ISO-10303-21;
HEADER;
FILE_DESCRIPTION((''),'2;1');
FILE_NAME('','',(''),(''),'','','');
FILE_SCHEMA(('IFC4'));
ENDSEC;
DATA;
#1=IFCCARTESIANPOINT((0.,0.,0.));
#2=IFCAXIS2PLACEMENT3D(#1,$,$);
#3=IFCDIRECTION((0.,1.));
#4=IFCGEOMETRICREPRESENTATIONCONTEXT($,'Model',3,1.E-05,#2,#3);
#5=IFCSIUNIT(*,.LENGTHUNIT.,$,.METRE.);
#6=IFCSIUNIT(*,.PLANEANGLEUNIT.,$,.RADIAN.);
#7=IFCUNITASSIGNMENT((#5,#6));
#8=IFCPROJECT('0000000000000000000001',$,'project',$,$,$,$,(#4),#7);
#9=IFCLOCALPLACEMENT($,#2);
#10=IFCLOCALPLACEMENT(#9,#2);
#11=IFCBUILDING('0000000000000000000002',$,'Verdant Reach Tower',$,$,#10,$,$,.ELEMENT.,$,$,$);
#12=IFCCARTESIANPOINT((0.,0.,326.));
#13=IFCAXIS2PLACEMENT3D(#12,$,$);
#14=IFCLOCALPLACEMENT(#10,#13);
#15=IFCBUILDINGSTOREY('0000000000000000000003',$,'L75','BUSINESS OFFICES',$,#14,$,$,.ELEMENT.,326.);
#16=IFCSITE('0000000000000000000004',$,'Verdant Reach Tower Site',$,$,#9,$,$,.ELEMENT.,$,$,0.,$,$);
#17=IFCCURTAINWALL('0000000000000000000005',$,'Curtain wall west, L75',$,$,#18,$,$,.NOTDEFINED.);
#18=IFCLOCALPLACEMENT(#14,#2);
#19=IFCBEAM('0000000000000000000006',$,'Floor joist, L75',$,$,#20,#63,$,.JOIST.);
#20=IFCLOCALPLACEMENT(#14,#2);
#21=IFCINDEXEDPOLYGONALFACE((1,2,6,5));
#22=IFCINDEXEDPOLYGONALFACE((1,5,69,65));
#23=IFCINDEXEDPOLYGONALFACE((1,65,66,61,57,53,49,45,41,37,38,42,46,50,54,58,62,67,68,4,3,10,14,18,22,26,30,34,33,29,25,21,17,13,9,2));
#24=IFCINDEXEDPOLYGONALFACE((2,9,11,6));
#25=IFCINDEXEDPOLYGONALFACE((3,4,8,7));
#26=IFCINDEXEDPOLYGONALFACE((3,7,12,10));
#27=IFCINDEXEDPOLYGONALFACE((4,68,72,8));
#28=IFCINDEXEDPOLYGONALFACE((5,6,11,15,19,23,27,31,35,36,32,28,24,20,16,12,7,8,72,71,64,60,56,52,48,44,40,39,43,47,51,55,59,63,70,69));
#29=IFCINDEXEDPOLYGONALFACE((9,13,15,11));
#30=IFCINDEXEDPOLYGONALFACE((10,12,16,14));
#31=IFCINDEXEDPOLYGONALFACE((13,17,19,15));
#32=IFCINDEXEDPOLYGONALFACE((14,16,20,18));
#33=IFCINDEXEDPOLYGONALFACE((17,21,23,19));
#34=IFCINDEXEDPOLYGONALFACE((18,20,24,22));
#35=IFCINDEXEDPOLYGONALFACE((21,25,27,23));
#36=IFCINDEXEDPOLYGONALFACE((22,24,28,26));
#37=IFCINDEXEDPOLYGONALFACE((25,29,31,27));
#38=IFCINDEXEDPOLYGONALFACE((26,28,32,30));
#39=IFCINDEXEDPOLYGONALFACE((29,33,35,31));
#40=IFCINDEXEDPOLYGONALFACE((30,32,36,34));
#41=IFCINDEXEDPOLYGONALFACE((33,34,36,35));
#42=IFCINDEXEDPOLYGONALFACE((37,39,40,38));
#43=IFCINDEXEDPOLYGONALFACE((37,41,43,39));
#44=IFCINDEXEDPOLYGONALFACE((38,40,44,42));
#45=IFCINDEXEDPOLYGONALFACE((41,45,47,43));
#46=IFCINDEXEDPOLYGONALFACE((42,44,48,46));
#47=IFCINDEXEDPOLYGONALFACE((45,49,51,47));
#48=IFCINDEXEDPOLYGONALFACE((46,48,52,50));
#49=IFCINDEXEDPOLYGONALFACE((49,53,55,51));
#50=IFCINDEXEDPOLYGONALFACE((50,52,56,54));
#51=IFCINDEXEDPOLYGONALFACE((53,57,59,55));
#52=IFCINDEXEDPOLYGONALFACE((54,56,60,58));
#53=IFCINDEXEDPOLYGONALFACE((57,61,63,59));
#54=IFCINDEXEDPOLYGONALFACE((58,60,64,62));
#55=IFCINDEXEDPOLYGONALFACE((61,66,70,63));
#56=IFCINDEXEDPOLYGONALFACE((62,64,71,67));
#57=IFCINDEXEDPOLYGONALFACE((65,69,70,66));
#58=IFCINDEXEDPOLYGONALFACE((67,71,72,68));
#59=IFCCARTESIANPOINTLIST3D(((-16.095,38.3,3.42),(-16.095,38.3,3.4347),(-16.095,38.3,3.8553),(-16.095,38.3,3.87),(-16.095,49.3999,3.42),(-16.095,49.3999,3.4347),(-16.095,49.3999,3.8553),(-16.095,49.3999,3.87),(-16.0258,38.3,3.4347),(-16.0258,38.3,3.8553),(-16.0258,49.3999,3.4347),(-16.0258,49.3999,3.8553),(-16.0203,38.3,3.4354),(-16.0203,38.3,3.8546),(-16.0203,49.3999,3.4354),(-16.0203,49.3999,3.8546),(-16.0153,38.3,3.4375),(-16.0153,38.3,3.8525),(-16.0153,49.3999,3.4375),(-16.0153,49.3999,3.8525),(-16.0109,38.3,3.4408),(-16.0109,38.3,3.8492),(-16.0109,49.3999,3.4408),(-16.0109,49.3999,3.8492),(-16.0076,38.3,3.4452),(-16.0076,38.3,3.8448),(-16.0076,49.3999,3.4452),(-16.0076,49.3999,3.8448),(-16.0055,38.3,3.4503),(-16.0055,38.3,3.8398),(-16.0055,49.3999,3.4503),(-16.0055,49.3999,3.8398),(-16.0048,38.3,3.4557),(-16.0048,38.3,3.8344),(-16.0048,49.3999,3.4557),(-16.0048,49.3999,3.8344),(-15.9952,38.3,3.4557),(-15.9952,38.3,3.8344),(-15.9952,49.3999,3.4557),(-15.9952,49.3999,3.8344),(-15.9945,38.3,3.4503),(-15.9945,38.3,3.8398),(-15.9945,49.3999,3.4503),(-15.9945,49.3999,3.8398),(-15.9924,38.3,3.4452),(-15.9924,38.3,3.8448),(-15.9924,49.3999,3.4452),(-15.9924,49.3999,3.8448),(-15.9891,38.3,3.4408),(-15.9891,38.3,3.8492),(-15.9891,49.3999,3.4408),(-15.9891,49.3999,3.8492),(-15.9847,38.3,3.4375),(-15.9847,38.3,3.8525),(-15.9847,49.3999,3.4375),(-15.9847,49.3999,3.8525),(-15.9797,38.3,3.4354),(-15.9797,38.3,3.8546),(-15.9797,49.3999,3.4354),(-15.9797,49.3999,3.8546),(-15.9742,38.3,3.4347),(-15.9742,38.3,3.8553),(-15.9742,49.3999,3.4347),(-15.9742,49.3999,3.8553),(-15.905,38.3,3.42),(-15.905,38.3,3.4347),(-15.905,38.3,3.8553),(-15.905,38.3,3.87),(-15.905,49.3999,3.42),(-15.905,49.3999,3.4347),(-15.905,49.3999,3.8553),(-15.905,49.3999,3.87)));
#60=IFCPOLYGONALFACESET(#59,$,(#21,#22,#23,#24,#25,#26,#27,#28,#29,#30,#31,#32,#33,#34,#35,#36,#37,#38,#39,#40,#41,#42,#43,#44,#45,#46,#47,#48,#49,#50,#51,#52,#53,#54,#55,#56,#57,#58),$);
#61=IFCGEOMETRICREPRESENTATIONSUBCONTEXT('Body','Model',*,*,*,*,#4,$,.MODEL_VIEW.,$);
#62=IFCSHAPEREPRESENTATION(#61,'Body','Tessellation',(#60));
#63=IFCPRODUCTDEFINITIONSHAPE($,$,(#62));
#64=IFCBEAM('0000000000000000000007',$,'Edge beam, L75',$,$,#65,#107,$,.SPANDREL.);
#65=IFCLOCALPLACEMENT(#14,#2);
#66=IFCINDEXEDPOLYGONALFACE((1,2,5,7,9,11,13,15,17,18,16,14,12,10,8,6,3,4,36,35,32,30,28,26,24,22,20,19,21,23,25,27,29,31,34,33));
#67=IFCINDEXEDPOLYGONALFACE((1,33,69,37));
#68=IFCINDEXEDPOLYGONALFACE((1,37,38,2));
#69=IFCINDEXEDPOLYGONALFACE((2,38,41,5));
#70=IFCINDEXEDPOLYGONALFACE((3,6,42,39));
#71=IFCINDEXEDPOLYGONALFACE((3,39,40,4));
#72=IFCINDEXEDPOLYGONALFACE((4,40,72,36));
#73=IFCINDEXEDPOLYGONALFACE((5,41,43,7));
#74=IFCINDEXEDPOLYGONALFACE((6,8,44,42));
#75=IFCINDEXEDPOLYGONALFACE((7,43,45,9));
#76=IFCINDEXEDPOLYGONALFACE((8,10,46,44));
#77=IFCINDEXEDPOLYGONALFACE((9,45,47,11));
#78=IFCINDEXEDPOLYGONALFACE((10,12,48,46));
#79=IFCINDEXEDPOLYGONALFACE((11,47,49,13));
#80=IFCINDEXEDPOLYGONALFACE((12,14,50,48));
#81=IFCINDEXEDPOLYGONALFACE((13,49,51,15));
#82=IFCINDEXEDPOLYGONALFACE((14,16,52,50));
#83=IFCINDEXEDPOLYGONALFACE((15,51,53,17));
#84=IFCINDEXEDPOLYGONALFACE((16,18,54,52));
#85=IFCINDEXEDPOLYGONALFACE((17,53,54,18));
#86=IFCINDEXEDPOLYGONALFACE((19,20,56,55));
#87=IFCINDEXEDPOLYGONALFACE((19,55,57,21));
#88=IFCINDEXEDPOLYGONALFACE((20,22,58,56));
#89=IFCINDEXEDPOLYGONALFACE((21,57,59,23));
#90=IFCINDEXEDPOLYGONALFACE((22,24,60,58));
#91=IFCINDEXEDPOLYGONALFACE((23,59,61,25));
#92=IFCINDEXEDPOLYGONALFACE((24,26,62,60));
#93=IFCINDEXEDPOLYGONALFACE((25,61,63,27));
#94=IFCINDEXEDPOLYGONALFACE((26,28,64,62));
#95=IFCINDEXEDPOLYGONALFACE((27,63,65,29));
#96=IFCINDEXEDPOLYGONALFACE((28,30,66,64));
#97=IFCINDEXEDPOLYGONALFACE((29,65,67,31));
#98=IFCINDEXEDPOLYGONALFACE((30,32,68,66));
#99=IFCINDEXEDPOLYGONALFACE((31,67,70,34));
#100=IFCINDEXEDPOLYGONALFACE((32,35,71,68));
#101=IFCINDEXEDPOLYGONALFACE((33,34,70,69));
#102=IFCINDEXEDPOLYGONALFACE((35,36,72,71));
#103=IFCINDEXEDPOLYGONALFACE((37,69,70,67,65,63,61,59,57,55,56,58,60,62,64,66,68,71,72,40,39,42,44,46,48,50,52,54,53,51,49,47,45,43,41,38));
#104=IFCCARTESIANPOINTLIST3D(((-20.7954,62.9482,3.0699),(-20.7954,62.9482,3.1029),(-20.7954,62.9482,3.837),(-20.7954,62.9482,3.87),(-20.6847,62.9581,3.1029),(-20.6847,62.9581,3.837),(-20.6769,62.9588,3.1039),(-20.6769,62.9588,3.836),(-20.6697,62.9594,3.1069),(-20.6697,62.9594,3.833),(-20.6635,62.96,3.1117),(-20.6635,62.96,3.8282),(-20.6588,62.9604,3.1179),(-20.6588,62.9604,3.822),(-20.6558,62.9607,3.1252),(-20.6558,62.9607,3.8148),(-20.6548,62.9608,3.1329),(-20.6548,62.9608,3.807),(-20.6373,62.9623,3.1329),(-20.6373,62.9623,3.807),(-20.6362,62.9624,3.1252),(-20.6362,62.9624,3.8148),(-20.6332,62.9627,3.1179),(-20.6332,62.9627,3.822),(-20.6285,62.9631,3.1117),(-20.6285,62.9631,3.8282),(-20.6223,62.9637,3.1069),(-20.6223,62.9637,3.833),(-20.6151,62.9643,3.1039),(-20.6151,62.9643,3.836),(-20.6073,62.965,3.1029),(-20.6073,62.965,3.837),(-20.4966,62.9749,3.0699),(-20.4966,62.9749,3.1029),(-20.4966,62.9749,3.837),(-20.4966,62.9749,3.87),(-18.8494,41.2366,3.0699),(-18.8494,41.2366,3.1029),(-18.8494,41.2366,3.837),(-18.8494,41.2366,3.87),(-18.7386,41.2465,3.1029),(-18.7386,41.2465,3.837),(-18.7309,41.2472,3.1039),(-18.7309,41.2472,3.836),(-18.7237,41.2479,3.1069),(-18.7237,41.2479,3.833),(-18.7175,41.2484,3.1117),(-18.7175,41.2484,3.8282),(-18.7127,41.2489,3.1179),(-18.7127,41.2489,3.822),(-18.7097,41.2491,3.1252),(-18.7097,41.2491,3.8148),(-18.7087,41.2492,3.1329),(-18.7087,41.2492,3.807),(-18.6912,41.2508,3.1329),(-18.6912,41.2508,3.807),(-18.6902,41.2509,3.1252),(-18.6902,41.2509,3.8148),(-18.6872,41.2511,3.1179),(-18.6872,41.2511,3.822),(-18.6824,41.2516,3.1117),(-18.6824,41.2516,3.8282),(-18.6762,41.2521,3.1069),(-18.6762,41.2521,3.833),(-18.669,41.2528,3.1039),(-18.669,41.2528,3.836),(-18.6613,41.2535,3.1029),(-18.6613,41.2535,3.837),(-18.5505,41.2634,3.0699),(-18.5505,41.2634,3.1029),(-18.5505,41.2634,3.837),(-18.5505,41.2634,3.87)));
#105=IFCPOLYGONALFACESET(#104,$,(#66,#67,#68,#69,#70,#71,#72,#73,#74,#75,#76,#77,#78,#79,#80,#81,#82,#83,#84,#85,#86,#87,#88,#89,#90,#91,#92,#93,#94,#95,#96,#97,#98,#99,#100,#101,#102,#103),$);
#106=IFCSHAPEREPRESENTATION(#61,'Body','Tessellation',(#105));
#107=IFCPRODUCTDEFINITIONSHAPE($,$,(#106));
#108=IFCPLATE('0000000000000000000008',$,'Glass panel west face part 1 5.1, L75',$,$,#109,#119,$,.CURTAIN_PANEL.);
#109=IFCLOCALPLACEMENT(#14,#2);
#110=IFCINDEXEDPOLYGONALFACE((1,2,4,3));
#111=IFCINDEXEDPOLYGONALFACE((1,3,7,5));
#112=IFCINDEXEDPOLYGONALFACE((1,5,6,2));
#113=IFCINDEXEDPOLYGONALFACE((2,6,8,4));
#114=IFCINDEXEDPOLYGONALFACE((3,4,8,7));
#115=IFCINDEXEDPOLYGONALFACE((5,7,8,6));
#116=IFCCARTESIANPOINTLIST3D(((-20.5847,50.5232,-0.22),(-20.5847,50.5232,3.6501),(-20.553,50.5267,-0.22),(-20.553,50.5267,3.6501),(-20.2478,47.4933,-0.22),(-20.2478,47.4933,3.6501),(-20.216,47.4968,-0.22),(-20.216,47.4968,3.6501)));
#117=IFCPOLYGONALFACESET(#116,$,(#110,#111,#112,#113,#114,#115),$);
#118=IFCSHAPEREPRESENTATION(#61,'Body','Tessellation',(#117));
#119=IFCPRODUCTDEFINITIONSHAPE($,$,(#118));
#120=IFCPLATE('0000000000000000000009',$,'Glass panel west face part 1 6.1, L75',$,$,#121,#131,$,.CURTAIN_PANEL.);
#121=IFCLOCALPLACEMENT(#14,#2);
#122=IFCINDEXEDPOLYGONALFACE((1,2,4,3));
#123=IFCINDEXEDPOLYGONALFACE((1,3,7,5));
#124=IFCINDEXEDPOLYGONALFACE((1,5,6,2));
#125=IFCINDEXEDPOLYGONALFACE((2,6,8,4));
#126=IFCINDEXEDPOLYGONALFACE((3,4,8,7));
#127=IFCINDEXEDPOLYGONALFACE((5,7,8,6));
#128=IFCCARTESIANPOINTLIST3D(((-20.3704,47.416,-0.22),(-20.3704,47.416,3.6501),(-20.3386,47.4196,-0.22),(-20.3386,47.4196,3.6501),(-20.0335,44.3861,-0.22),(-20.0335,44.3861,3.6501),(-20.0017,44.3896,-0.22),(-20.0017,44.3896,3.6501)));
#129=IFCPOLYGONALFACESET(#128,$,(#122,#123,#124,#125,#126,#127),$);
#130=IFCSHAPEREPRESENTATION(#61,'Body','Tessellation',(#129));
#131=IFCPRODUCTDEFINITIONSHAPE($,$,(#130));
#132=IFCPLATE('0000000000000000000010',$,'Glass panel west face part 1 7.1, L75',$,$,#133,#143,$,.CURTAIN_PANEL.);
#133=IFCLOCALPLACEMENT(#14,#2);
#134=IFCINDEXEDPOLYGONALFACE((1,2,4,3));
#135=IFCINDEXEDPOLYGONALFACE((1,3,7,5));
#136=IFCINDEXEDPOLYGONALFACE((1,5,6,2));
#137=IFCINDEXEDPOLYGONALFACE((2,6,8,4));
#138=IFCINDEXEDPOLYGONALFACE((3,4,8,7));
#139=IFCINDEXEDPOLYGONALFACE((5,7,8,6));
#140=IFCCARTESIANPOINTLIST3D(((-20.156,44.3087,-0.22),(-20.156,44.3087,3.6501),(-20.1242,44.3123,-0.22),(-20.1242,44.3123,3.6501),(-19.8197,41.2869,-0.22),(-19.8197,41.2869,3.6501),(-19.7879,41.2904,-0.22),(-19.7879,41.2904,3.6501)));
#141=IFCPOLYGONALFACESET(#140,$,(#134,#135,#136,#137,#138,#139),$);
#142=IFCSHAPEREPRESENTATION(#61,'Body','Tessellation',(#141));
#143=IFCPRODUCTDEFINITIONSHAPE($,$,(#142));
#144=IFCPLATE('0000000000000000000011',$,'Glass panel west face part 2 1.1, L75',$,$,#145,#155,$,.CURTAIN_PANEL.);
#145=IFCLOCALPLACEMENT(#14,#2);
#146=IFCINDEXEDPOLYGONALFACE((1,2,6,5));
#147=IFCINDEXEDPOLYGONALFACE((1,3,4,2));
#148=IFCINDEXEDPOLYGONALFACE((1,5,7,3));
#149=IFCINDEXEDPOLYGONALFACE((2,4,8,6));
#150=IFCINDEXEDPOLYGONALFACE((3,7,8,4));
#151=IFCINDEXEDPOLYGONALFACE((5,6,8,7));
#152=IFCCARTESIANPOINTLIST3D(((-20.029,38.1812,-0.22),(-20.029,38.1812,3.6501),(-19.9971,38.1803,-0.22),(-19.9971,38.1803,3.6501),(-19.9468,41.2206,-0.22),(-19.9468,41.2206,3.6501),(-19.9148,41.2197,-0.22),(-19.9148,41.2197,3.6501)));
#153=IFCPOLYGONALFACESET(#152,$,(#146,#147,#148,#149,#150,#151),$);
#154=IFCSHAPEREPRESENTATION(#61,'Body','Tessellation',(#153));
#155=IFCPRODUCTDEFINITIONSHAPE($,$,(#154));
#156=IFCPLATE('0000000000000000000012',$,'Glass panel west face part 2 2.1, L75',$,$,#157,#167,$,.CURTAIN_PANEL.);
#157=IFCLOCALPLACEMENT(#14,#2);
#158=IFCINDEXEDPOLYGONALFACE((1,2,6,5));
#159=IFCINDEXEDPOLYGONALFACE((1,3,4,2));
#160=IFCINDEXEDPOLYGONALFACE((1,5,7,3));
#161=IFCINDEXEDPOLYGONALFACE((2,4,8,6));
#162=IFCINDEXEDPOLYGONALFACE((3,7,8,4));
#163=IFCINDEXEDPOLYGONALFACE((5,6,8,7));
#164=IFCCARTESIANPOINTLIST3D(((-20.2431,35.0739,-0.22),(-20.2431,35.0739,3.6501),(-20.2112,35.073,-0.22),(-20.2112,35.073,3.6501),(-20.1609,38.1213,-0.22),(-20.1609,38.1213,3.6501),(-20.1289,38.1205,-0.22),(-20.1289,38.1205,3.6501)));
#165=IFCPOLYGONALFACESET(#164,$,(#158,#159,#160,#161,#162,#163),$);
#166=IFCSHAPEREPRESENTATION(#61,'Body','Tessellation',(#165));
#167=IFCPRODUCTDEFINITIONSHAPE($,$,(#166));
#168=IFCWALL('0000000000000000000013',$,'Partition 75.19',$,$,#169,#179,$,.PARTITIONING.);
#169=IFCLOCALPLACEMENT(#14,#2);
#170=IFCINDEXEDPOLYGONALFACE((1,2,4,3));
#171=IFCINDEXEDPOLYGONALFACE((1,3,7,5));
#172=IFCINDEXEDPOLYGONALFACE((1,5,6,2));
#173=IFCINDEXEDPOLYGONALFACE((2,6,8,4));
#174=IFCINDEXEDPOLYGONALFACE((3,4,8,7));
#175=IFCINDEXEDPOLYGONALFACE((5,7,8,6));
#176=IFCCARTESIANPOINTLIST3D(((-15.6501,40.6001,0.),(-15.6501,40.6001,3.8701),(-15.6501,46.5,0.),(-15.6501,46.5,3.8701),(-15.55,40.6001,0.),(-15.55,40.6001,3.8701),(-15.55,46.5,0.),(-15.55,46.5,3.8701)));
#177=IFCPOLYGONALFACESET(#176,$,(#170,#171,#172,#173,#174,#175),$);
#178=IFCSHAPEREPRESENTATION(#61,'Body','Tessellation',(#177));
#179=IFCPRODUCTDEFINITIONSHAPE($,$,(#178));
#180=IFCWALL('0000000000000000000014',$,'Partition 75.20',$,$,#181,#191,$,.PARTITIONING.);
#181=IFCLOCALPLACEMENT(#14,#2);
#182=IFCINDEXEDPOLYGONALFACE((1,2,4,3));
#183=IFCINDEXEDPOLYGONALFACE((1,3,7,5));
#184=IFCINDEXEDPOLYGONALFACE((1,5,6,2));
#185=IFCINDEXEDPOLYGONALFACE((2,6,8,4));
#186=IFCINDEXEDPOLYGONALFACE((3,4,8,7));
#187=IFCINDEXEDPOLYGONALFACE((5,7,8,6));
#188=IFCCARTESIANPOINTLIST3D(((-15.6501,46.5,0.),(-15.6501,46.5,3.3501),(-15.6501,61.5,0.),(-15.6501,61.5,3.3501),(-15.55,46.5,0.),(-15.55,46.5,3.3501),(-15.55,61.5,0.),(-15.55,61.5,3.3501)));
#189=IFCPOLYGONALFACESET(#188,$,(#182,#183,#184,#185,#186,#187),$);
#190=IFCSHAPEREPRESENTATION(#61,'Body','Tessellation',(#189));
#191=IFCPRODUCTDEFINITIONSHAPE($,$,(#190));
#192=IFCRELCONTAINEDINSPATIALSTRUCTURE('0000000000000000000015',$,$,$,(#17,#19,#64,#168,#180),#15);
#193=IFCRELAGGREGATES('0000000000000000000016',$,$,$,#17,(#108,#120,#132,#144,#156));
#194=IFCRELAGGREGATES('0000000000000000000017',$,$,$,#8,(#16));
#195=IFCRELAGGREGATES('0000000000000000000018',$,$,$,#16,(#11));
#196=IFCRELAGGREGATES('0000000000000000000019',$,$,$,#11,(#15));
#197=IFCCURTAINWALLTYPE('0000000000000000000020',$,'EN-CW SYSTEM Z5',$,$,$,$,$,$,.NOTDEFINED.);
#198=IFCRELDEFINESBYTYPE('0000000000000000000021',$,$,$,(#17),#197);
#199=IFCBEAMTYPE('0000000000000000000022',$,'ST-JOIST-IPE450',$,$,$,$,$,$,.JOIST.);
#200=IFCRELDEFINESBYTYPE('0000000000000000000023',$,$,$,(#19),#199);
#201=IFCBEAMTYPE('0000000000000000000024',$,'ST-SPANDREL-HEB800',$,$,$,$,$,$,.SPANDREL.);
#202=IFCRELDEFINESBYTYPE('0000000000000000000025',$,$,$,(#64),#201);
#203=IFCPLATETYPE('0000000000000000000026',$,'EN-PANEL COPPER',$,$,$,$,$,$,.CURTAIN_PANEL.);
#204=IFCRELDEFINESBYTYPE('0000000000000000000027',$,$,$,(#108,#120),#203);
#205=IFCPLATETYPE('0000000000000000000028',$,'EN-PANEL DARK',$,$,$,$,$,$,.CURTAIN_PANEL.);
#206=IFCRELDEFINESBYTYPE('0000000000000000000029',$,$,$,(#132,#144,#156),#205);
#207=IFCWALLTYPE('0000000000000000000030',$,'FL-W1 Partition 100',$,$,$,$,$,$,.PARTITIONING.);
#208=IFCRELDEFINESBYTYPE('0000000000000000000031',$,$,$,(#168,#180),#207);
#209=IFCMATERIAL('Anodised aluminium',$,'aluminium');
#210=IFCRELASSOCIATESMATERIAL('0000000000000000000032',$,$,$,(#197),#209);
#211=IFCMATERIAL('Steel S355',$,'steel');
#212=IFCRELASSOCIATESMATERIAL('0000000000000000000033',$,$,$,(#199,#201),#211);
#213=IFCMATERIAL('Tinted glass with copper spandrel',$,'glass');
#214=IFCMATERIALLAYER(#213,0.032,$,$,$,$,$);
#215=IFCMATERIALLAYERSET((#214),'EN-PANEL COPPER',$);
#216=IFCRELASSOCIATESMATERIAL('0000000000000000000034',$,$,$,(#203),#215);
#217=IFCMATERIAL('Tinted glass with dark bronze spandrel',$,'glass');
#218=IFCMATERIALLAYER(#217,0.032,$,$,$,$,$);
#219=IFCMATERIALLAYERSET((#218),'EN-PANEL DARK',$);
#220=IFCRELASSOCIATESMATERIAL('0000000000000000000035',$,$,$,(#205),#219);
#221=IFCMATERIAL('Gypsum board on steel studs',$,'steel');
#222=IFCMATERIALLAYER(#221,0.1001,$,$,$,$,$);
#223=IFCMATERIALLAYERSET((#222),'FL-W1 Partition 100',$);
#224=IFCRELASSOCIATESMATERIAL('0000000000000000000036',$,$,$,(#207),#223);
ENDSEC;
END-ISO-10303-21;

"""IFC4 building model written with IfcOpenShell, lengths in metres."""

from ifc_helpers import new_model, si_unit, direction, frame, frame_2d, origin, origin_2d, place, context, subcontext, project, spatial, rectangle, i_section, extrude, material, layer, layer_set, material_profile, profile_set, type_object, element, aggregate, save


model = new_model("IFC4")

# Units and contexts
model_context = context("Model", 3, precision=1e-05, world=origin(), true_north=direction((0.0, 1.0)))
body_context = subcontext(model_context, "Body", "Model", "MODEL_VIEW")
ifc_project = project(units=[si_unit("LENGTHUNIT", "METRE"), si_unit("PLANEANGLEUNIT", "RADIAN")], contexts=[model_context])

# Site, building, storey
site_placement = place(None, origin())
site = spatial("IfcSite", under=ifc_project, at=site_placement, Name="Verdant Reach Tower Site", CompositionType="ELEMENT", RefElevation=0.0)
building_placement = place(site_placement, origin())
building = spatial("IfcBuilding", under=site, at=building_placement, Name="Verdant Reach Tower", CompositionType="ELEMENT")
storey_placement = place(building_placement, frame((0.0, 0.0, 326.0)))
storey = spatial("IfcBuildingStorey", under=building, at=storey_placement, Name="L75", Description="BUSINESS OFFICES", CompositionType="ELEMENT", Elevation=326.0)

# Curtain wall
ifc_material_1 = material(Name="Anodised aluminium", Category="aluminium")
curtain_wall_type = type_object("IfcCurtainWallType", Name="EN-CW SYSTEM Z5", PredefinedType="NOTDEFINED", material=ifc_material_1)
curtain_wall_placement = place(storey_placement, origin())
curtain_wall = element("IfcCurtainWall", 1, at=curtain_wall_placement, inside=storey, type_object=curtain_wall_type, Name="Curtain wall west, L75", PredefinedType="NOTDEFINED")

# Beams
ifc_material_2 = material(Name="Steel S355", Category="steel")
ifc_material_profile_1 = material_profile(ifc_material_2, i_section(OverallWidth=0.1899, OverallDepth=0.45, WebThickness=0.0095, FlangeThickness=0.0146, FilletRadius=0.021, at=origin_2d()), Name="IPE 450")
ifc_profile_set_1 = profile_set([ifc_material_profile_1], Name="Steel S355")
beam_type_1 = type_object("IfcBeamType", Name="ST-JOIST-IPE450", PredefinedType="JOIST", material=ifc_profile_set_1)
beam_1_placement = place(storey_placement, frame((-16.0, 38.3, 3.645), z_axis=(0.0, 1.0, 0.0), x_axis=(-1.0, 0.0, 0.0)))
element("IfcBeam", 2, at=beam_1_placement, inside=storey, type_object=beam_type_1, Name="Floor joist, L75", PredefinedType="JOIST", context=body_context, shape_type="SweptSolid", body=[
    extrude(i_section(OverallWidth=0.1899, OverallDepth=0.45, WebThickness=0.0095, FlangeThickness=0.0146, FilletRadius=0.021, at=origin_2d()), origin(), (0.0, 0.0, 1.0), 11.0999),
])
ifc_material_profile_2 = material_profile(ifc_material_2, i_section(OverallWidth=0.3, OverallDepth=0.8, WebThickness=0.0176, FlangeThickness=0.033, FilletRadius=0.03, at=origin_2d()), Name="HEB 800")
ifc_profile_set_2 = profile_set([ifc_material_profile_2], Name="Steel S355")
beam_type_2 = type_object("IfcBeamType", Name="ST-SPANDREL-HEB800", PredefinedType="SPANDREL", material=ifc_profile_set_2)
beam_2_placement = place(storey_placement, frame((-18.7, 41.25, 3.47), z_axis=(-0.089274, 0.996007, 0.0), x_axis=(-0.996007, -0.089274, 0.0)))
element("IfcBeam", 3, at=beam_2_placement, inside=storey, type_object=beam_type_2, Name="Edge beam, L75", PredefinedType="SPANDREL", context=body_context, shape_type="SweptSolid", body=[
    extrude(i_section(OverallWidth=0.3, OverallDepth=0.8, WebThickness=0.0176, FlangeThickness=0.033, FilletRadius=0.03, at=origin_2d()), origin(), (0.0, 0.0, 1.0), 21.7986),
])

# Plates
ifc_material_3 = material(Name="Tinted glass with copper spandrel", Category="glass")
ifc_layer_1 = layer(ifc_material_3, 0.032)
ifc_layer_set_1 = layer_set([ifc_layer_1], Name="EN-PANEL COPPER")
plate_type_1 = type_object("IfcPlateType", Name="EN-PANEL COPPER", PredefinedType="CURTAIN_PANEL", material=ifc_layer_set_1)
plate_1_placement = place(storey_placement, frame((-20.4004, 49.01, -0.22), z_axis=(0.0, 0.0, 1.0), x_axis=(0.110518, -0.993874, 0.0)))
plate_1 = element("IfcPlate", 4, at=plate_1_placement, type_object=plate_type_1, Name="Glass panel west face part 1 5.1, L75", PredefinedType="CURTAIN_PANEL", context=body_context, shape_type="SweptSolid", body=[
    extrude(rectangle(XDim=3.0486, YDim=0.032, at=origin_2d()), origin(), (0.0, 0.0, 1.0), 3.8701),
])
plate_2_placement = place(storey_placement, frame((-20.186, 45.9028, -0.22), z_axis=(0.0, 0.0, 1.0), x_axis=(0.110518, -0.993874, 0.0)))
plate_2 = element("IfcPlate", 5, at=plate_2_placement, type_object=plate_type_1, Name="Glass panel west face part 1 6.1, L75", PredefinedType="CURTAIN_PANEL", context=body_context, shape_type="SweptSolid", body=[
    extrude(rectangle(XDim=3.0486, YDim=0.032, at=origin_2d()), origin(), (0.0, 0.0, 1.0), 3.8701),
])
ifc_material_4 = material(Name="Tinted glass with dark bronze spandrel", Category="glass")
ifc_layer_2 = layer(ifc_material_4, 0.032)
ifc_layer_set_2 = layer_set([ifc_layer_2], Name="EN-PANEL DARK")
plate_type_2 = type_object("IfcPlateType", Name="EN-PANEL DARK", PredefinedType="CURTAIN_PANEL", material=ifc_layer_set_2)
plate_3_placement = place(storey_placement, frame((-19.9719, 42.7996, -0.22), z_axis=(0.0, 0.0, 1.0), x_axis=(0.110605, -0.993864, 0.0)))
plate_3 = element("IfcPlate", 6, at=plate_3_placement, type_object=plate_type_2, Name="Glass panel west face part 1 7.1, L75", PredefinedType="CURTAIN_PANEL", context=body_context, shape_type="SweptSolid", body=[
    extrude(rectangle(XDim=3.0405, YDim=0.032, at=origin_2d()), origin(), (0.0, 0.0, 1.0), 3.8701),
])
plate_4_placement = place(storey_placement, frame((-19.9719, 39.7004, -0.22), z_axis=(0.0, 0.0, 1.0), x_axis=(-0.027053, -0.999634, 0.0)))
plate_4 = element("IfcPlate", 7, at=plate_4_placement, type_object=plate_type_2, Name="Glass panel west face part 2 1.1, L75", PredefinedType="CURTAIN_PANEL", context=body_context, shape_type="SweptSolid", body=[
    extrude(rectangle(XDim=3.0405, YDim=0.032, at=origin_2d()), origin(), (0.0, 0.0, 1.0), 3.8701),
])
plate_5_placement = place(storey_placement, frame((-20.186, 36.5972, -0.22), z_axis=(0.0, 0.0, 1.0), x_axis=(-0.026965, -0.999636, 0.0)))
plate_5 = element("IfcPlate", 8, at=plate_5_placement, type_object=plate_type_2, Name="Glass panel west face part 2 2.1, L75", PredefinedType="CURTAIN_PANEL", context=body_context, shape_type="SweptSolid", body=[
    extrude(rectangle(XDim=3.0486, YDim=0.032, at=origin_2d()), origin(), (0.0, 0.0, 1.0), 3.8701),
])
aggregate(curtain_wall, [plate_1, plate_2, plate_3, plate_4, plate_5])

# Walls
ifc_material_5 = material(Name="Gypsum board on steel studs", Category="steel")
ifc_layer_3 = layer(ifc_material_5, 0.1001)
ifc_layer_set_3 = layer_set([ifc_layer_3], Name="FL-W1 Partition 100")
wall_type_1 = type_object("IfcWallType", Name="FL-W1 Partition 100", PredefinedType="PARTITIONING", material=ifc_layer_set_3)
wall_1_placement = place(storey_placement, frame((-15.6001, 40.6001, 0.0), z_axis=(0.0, 0.0, 1.0), x_axis=(0.0, 1.0, 0.0)))
element("IfcWall", 9, at=wall_1_placement, inside=storey, type_object=wall_type_1, Name="Partition 75.19", PredefinedType="PARTITIONING", context=body_context, shape_type="SweptSolid", body=[
    extrude(rectangle(XDim=5.8999, YDim=0.1001, at=frame_2d((2.95, 0.0))), origin(), (0.0, 0.0, 1.0), 3.8701),
])
wall_2_placement = place(storey_placement, frame((-15.6001, 46.5, 0.0), z_axis=(0.0, 0.0, 1.0), x_axis=(0.0, 1.0, 0.0)))
element("IfcWall", 10, at=wall_2_placement, inside=storey, type_object=wall_type_1, Name="Partition 75.20", PredefinedType="PARTITIONING", context=body_context, shape_type="SweptSolid", body=[
    extrude(rectangle(XDim=15.0, YDim=0.1001, at=frame_2d((7.5, 0.0))), origin(), (0.0, 0.0, 1.0), 3.3501),
])

save(model, "model.ifc")
